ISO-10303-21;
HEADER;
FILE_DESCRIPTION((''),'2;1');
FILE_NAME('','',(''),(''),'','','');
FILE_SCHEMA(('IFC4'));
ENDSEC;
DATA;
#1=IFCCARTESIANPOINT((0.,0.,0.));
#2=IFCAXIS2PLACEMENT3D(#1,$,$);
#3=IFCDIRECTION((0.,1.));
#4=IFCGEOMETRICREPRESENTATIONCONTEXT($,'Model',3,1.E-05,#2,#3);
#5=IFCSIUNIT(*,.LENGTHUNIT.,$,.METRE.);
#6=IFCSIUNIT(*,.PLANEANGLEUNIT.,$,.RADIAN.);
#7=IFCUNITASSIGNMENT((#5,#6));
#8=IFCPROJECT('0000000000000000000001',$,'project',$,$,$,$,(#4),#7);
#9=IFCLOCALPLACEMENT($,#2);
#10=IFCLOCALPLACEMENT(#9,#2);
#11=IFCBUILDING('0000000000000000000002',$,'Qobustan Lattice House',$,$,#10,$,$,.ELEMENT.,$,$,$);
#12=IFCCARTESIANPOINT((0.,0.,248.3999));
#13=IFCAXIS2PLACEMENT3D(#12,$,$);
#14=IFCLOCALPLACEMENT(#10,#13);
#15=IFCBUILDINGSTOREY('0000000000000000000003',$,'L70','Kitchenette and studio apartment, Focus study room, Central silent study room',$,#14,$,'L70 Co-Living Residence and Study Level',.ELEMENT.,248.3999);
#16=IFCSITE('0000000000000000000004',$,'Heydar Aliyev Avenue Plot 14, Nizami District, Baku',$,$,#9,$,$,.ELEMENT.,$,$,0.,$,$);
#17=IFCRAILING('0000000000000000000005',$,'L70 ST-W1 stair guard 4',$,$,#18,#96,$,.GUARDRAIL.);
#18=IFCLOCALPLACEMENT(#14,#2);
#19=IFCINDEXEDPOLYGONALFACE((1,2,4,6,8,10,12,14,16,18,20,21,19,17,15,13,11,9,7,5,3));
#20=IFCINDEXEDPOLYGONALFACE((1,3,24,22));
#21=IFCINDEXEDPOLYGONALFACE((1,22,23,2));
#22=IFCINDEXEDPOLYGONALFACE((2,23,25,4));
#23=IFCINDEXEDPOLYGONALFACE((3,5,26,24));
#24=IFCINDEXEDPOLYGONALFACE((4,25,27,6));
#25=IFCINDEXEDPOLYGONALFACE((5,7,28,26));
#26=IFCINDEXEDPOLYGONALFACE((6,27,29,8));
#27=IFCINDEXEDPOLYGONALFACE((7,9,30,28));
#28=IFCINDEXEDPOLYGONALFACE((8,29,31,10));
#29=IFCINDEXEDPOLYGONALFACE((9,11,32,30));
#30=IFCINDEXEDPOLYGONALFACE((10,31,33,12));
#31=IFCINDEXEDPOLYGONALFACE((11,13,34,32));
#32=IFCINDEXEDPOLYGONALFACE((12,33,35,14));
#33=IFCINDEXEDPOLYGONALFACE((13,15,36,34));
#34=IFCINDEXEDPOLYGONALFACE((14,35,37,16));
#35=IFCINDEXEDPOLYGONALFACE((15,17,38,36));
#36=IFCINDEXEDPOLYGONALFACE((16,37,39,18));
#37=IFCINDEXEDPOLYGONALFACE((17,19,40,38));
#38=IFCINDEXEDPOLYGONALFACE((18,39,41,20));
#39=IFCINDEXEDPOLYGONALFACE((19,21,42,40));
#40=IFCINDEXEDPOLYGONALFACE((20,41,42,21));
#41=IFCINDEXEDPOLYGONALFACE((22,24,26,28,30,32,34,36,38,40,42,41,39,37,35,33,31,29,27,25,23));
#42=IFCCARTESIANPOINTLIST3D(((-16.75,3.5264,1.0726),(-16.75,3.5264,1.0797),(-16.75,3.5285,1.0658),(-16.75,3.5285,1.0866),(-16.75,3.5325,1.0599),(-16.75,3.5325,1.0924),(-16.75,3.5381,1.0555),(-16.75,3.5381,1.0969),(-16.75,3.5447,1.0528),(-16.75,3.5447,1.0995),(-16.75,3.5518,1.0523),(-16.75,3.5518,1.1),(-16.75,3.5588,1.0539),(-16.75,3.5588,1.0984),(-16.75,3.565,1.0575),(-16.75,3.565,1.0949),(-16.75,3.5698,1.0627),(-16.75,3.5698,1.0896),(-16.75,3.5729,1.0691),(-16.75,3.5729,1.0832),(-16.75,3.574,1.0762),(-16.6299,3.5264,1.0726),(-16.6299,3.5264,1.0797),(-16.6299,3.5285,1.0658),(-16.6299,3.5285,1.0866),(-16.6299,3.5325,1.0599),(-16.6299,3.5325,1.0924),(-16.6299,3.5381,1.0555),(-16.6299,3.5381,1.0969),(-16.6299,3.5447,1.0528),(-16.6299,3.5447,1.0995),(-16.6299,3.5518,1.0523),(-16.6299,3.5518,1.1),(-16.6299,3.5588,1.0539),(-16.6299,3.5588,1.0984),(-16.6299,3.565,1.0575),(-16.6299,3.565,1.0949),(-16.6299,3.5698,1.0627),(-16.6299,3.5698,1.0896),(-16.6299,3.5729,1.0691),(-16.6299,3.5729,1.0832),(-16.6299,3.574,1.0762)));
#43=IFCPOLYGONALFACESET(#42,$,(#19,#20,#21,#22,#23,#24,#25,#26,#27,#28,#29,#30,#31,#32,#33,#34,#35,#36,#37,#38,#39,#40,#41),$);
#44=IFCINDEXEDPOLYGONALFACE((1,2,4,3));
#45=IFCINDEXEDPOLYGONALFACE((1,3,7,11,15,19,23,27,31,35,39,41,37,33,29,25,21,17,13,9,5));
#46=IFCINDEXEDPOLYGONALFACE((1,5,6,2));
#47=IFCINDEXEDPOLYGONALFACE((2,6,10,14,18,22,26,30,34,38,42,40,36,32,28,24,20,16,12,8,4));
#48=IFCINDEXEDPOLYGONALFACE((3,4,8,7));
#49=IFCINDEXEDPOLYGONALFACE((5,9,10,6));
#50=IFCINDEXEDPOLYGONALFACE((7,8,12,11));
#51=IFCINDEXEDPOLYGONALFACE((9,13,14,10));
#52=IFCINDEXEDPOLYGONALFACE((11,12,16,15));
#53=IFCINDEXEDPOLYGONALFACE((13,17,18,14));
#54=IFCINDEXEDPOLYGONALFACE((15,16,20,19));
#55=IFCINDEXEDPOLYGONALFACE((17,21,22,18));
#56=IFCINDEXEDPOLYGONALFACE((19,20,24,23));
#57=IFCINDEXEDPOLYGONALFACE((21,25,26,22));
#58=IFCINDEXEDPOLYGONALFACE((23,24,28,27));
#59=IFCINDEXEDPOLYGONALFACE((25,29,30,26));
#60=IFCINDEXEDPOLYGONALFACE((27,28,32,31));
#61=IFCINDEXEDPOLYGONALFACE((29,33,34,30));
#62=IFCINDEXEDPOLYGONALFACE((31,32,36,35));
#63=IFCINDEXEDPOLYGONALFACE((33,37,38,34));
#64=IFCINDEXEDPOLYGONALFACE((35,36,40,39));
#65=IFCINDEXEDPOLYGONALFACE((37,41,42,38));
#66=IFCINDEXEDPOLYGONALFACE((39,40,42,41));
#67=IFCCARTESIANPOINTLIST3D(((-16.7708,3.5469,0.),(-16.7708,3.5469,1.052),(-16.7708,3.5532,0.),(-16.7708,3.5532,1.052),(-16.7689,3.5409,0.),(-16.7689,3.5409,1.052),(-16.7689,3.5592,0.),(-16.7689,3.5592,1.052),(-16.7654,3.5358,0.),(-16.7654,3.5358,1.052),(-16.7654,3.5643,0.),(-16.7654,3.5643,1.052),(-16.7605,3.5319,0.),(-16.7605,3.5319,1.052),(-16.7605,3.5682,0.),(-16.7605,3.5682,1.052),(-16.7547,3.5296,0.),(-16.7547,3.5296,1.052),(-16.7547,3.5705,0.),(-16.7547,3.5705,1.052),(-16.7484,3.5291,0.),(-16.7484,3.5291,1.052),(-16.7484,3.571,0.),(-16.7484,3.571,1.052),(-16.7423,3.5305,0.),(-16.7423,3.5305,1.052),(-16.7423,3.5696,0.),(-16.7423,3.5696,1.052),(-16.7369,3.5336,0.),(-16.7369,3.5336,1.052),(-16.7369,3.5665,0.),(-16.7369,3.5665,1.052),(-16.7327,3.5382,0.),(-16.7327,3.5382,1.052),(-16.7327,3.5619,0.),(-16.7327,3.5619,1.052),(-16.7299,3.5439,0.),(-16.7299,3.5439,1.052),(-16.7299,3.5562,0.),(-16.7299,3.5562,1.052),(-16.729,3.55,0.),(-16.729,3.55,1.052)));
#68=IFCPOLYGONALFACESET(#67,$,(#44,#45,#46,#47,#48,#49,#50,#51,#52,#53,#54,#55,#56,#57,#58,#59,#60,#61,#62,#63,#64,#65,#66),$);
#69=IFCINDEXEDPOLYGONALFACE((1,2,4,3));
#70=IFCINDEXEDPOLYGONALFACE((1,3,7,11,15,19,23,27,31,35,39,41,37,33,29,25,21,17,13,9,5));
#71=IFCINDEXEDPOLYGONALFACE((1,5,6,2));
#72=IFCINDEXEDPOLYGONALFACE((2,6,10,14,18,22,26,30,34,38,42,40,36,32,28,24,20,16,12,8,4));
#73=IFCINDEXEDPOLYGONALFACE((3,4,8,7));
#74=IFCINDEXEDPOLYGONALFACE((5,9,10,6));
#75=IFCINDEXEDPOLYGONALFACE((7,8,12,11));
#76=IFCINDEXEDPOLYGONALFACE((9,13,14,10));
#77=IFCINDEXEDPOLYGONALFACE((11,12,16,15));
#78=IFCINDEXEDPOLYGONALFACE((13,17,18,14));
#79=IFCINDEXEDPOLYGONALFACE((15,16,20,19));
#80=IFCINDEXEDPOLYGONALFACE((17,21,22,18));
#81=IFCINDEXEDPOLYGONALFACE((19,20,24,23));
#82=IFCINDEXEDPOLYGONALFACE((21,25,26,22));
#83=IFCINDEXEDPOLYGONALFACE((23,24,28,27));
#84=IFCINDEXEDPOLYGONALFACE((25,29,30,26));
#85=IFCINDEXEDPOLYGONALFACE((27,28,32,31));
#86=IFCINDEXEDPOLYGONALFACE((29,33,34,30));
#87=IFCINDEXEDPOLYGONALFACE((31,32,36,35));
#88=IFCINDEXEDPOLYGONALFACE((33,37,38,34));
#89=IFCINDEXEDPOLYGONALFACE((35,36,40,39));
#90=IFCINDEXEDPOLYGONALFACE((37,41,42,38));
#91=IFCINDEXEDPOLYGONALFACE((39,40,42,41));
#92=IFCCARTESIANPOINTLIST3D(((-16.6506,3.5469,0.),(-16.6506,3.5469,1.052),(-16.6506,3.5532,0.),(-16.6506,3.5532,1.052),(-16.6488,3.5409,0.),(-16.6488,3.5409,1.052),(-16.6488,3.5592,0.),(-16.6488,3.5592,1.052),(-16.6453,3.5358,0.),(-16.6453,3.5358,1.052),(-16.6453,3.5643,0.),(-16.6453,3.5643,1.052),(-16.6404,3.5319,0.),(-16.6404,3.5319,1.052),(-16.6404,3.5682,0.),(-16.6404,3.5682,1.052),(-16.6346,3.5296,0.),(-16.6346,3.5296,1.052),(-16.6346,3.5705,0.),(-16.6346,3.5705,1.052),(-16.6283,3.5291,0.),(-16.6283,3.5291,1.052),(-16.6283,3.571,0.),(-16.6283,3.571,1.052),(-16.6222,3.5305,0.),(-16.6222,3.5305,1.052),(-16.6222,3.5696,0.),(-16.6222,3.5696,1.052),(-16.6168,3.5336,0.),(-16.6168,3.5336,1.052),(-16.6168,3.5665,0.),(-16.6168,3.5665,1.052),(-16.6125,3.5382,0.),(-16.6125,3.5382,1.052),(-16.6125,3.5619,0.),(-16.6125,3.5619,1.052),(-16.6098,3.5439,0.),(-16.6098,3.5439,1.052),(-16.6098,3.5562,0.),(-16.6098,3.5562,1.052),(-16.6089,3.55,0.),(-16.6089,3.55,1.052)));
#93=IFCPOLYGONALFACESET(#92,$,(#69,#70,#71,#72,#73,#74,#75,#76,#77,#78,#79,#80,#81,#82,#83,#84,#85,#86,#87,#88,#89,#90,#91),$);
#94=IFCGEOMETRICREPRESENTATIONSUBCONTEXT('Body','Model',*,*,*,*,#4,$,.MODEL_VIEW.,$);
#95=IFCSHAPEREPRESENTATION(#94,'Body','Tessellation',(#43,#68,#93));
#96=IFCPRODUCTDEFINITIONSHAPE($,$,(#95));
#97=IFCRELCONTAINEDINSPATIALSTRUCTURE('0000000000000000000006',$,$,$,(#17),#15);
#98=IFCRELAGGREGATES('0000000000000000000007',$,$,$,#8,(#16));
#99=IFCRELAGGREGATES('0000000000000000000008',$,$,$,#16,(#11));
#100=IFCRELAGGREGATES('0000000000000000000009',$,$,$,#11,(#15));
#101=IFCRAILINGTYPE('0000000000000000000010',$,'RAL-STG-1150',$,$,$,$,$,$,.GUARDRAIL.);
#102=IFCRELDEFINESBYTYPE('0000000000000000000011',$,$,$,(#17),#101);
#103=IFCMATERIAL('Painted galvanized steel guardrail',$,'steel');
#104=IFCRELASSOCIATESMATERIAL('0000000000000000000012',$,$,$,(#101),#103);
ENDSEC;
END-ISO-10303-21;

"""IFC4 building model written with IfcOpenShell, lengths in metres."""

from ifc_helpers import new_model, si_unit, direction, frame, origin, origin_2d, place, context, subcontext, project, spatial, circle, extrude, material, type_object, element, save


model = new_model("IFC4")

# Units and contexts
model_context = context("Model", 3, precision=1e-05, world=origin(), true_north=direction((0.0, 1.0)))
body_context = subcontext(model_context, "Body", "Model", "MODEL_VIEW")
ifc_project = project(units=[si_unit("LENGTHUNIT", "METRE"), si_unit("PLANEANGLEUNIT", "RADIAN")], contexts=[model_context])

# Site, building, storey
site_placement = place(None, origin())
site = spatial("IfcSite", under=ifc_project, at=site_placement, Name="Heydar Aliyev Avenue Plot 14, Nizami District, Baku", CompositionType="ELEMENT", RefElevation=0.0)
building_placement = place(site_placement, origin())
building = spatial("IfcBuilding", under=site, at=building_placement, Name="Qobustan Lattice House", CompositionType="ELEMENT")
storey_placement = place(building_placement, frame((0.0, 0.0, 248.3999)))
storey = spatial("IfcBuildingStorey", under=building, at=storey_placement, Name="L70", Description="Kitchenette and studio apartment, Focus study room, Central silent study room", LongName="L70 Co-Living Residence and Study Level", CompositionType="ELEMENT", Elevation=248.3999)

# Railing
ifc_material_1 = material(Name="Painted galvanized steel guardrail", Category="steel")
railing_type_1 = type_object("IfcRailingType", Name="RAL-STG-1150", PredefinedType="GUARDRAIL", material=ifc_material_1)
railing_1_placement = place(storey_placement, frame((-16.75, 3.55, 0.0)))
element("IfcRailing", 1, at=railing_1_placement, inside=storey, type_object=railing_type_1, Name="L70 ST-W1 stair guard 4", PredefinedType="GUARDRAIL", context=body_context, shape_type="SweptSolid", body=[
    extrude(circle(Radius=0.0239, at=origin_2d()), frame((0.0, 0.0, 1.0762), z_axis=(1.0, 0.0, 0.0), x_axis=(0.0, 1.0, 0.0)), (0.0, 0.0, 1.0), 0.1201),
    extrude(circle(Radius=0.021, at=origin_2d()), origin(), (0.0, 0.0, 1.0), 1.052),
    extrude(circle(Radius=0.021, at=origin_2d()), frame((0.1201, 0.0, 0.0)), (0.0, 0.0, 1.0), 1.052),
])

save(model, "model.ifc")
